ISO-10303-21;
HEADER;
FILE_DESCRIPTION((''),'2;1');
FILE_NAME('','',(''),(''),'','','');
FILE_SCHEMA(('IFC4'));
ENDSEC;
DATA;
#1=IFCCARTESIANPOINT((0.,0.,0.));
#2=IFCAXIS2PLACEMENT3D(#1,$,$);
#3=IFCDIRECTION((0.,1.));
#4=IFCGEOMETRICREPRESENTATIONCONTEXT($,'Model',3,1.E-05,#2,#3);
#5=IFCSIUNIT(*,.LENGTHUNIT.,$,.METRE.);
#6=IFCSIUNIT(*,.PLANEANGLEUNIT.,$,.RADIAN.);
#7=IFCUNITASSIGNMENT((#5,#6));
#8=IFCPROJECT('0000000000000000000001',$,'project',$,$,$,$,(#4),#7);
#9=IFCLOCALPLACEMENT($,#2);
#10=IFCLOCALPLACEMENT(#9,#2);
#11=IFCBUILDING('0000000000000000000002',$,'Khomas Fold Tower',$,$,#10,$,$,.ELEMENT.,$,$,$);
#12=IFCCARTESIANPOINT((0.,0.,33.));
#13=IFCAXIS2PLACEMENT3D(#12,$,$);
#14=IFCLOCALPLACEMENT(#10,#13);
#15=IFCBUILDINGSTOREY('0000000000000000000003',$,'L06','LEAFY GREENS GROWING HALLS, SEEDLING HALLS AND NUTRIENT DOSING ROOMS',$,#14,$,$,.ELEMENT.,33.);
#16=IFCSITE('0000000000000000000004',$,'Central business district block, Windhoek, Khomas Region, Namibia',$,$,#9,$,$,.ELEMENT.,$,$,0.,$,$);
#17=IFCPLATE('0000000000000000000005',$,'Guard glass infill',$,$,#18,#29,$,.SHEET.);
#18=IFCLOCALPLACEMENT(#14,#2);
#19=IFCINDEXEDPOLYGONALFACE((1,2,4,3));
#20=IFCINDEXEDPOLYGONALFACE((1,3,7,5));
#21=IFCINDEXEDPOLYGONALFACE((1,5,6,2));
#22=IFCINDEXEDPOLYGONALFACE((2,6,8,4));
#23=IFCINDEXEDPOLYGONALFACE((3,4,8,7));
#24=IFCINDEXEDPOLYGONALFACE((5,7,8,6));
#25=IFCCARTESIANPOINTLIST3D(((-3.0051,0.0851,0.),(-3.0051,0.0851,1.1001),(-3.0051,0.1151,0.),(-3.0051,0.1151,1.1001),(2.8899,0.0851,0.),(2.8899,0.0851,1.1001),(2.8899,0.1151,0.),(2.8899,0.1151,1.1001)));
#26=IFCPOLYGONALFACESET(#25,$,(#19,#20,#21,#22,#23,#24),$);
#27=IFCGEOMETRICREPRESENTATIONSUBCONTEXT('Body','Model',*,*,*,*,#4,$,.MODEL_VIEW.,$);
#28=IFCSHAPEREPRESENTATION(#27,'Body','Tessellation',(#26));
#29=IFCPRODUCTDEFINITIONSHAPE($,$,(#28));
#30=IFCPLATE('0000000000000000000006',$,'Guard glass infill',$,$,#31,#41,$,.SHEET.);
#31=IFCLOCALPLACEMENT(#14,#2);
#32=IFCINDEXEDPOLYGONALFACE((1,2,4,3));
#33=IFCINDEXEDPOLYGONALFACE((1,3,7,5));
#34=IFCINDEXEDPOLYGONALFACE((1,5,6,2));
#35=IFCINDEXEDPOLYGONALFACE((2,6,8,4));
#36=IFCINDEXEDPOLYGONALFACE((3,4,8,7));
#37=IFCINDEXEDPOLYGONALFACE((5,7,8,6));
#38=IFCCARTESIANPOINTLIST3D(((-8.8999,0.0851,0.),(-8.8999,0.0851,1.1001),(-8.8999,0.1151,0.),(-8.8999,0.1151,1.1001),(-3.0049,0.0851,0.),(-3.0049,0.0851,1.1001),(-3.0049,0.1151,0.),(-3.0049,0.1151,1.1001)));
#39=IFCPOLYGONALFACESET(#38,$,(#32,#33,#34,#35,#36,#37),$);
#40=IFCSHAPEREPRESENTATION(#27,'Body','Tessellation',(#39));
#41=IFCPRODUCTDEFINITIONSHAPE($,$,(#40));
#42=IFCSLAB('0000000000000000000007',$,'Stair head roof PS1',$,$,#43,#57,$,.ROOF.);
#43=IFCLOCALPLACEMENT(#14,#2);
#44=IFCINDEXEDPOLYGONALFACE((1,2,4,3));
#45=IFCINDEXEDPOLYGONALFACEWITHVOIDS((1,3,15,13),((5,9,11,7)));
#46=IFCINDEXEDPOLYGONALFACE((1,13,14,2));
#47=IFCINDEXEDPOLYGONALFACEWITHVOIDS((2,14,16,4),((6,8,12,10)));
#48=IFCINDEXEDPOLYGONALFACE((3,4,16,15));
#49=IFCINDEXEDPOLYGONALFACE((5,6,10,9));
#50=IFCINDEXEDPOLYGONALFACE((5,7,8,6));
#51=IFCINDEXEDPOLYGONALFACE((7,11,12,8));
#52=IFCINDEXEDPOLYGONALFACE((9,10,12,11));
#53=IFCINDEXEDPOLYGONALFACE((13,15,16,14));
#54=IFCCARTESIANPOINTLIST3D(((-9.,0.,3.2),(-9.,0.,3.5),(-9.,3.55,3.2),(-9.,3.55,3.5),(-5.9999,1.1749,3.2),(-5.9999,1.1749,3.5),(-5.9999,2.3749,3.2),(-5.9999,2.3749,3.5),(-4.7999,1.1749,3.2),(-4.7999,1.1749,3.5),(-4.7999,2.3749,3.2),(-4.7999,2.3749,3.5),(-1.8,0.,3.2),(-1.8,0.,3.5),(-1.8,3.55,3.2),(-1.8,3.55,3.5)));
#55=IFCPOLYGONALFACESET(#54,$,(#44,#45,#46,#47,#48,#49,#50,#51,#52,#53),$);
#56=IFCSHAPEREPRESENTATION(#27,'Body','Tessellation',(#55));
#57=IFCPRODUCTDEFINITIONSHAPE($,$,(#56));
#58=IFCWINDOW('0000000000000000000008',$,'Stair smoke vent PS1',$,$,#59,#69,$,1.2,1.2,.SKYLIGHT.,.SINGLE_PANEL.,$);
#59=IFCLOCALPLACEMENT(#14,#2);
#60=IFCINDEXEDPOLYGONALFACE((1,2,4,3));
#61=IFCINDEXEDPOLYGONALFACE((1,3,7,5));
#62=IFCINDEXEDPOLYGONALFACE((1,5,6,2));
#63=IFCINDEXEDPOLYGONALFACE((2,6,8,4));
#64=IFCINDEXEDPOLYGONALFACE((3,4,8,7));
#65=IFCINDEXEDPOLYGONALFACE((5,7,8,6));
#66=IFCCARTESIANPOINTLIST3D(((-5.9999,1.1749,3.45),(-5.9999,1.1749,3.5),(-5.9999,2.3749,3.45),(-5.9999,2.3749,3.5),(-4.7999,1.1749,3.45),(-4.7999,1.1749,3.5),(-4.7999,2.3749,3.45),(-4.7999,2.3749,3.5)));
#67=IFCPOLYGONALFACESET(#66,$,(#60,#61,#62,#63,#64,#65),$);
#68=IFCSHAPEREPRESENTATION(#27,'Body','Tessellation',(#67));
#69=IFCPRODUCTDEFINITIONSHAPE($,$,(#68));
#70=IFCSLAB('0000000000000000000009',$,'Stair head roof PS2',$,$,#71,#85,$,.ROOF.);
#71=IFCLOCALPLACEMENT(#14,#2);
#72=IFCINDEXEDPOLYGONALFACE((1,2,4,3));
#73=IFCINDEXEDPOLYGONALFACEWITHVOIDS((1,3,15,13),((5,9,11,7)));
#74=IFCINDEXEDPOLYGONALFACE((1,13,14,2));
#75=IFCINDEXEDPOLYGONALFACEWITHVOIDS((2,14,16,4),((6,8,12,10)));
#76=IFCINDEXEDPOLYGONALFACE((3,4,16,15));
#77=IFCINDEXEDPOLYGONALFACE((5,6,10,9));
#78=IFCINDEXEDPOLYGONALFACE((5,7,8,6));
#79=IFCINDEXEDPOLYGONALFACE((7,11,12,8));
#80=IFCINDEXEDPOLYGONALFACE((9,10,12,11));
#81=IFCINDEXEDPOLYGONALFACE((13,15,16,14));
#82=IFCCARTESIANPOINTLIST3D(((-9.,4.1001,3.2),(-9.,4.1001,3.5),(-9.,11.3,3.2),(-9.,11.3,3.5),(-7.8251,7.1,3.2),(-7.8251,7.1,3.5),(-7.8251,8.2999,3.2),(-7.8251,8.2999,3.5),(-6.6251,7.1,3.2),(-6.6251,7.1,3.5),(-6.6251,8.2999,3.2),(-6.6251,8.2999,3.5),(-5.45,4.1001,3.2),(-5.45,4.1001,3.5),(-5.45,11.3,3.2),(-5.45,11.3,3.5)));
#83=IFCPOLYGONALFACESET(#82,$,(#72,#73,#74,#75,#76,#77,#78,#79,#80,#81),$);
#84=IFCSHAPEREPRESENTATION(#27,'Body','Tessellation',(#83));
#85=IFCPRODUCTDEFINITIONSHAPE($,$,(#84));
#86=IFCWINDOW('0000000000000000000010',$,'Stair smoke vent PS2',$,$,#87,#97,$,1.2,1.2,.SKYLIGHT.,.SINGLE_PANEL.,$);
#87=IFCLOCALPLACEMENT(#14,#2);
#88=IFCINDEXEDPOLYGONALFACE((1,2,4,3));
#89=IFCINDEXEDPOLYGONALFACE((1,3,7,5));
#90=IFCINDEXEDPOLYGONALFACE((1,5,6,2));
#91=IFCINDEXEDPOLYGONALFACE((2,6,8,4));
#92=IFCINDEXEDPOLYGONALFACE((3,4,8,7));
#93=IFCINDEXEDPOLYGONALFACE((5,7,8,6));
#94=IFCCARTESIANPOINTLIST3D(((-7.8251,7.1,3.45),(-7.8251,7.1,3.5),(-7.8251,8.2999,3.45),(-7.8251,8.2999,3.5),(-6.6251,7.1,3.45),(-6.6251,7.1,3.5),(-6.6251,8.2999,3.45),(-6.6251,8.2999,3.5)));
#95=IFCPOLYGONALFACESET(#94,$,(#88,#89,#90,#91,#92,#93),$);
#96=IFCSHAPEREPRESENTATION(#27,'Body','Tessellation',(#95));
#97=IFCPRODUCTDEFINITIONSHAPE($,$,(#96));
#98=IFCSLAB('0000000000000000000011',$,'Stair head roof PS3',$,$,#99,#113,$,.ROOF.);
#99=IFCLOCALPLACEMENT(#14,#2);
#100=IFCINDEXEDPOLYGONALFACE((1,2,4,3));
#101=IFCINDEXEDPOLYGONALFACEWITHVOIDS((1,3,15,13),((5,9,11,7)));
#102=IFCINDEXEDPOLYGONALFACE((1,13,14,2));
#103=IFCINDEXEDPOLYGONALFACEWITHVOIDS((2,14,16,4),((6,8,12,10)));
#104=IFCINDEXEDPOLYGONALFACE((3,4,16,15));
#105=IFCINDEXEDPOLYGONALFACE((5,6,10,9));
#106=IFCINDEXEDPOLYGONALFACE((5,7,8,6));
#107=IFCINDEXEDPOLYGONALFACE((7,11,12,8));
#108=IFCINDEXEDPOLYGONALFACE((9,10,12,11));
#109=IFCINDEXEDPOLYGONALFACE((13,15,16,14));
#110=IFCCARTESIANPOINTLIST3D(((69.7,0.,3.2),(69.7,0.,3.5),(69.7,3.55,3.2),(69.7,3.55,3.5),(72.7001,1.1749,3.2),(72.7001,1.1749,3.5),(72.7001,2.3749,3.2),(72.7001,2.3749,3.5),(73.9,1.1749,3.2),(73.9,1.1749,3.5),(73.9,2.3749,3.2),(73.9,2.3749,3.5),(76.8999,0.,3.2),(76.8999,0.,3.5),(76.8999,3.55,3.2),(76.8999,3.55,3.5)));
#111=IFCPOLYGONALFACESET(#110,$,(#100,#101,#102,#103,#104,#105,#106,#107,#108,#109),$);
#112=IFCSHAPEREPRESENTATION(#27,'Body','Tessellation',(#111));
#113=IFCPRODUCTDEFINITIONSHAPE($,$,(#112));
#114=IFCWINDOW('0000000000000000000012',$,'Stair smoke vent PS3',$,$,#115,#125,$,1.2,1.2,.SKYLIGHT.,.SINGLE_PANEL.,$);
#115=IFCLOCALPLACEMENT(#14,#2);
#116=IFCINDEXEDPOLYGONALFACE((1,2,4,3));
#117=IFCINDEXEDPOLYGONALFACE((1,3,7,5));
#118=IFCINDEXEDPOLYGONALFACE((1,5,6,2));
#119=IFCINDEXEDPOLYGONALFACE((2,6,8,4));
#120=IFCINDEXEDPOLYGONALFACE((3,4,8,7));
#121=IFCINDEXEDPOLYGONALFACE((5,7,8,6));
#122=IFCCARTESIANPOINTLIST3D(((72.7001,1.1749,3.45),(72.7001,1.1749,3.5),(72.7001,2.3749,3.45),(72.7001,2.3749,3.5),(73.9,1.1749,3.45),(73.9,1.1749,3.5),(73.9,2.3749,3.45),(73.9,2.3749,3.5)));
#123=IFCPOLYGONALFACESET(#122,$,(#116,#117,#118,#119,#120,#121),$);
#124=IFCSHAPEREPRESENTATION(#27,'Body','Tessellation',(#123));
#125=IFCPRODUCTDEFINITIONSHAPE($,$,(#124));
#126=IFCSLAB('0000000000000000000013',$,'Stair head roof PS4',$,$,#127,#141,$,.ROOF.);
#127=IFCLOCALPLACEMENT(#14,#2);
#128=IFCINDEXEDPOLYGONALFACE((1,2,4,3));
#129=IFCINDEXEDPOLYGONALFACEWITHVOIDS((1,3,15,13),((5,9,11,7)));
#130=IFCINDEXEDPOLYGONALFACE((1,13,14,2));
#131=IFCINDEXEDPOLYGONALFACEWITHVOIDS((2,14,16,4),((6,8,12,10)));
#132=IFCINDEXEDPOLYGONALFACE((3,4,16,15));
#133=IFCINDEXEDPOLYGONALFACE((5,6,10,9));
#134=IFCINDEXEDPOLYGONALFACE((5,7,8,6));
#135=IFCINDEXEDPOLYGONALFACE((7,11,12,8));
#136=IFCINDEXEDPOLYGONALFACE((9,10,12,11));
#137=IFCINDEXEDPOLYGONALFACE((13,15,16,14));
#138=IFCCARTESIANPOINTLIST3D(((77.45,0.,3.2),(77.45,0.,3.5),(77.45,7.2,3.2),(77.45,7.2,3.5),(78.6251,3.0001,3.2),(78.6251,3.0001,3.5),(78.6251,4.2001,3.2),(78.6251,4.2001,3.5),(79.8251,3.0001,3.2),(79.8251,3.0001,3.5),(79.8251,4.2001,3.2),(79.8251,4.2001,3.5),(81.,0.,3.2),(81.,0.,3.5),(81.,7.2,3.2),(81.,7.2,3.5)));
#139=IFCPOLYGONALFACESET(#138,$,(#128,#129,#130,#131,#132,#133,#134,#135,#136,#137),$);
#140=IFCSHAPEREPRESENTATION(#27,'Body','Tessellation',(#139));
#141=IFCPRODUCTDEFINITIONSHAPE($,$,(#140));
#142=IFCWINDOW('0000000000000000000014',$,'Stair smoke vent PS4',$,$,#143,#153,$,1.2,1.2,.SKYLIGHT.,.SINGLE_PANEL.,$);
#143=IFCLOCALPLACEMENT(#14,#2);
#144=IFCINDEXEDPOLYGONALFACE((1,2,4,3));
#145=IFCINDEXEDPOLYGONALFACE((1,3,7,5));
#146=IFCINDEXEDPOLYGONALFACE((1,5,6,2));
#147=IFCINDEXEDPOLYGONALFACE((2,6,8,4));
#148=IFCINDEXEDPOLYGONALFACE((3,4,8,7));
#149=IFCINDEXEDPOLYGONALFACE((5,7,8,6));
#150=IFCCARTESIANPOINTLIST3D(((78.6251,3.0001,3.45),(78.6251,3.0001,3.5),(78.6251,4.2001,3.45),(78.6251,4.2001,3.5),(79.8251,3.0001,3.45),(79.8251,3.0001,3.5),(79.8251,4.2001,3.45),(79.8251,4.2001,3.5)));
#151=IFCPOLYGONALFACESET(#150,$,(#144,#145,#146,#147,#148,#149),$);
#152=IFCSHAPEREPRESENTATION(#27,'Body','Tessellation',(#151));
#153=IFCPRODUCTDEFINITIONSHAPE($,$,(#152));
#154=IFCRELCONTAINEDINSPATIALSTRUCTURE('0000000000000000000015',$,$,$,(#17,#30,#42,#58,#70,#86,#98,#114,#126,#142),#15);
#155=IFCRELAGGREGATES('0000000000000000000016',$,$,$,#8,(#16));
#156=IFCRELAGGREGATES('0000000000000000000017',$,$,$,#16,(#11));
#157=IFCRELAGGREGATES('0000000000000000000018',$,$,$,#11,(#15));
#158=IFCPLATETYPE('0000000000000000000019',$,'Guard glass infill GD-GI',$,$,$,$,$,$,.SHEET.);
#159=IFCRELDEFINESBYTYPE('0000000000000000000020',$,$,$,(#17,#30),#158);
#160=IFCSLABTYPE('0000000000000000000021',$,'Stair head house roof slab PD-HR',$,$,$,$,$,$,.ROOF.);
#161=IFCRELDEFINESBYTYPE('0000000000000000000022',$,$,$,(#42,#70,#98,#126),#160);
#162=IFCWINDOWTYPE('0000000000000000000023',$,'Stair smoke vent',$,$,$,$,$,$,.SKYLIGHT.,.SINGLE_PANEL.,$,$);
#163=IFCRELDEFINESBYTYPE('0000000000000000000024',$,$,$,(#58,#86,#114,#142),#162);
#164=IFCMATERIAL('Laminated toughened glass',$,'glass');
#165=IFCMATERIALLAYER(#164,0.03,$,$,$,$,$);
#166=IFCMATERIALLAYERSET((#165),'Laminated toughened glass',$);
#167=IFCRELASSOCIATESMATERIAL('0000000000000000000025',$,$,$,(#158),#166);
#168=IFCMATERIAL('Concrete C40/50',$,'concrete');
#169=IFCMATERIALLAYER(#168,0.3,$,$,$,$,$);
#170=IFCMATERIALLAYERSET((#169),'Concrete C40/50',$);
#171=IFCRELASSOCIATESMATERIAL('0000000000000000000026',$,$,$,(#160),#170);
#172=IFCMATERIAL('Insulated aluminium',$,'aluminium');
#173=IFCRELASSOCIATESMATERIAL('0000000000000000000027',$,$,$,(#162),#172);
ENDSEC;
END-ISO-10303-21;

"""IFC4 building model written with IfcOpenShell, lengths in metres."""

from ifc_helpers import new_model, si_unit, direction, frame, origin, origin_2d, place, context, subcontext, project, spatial, polyline, rectangle, outline, extrude, source, transform, mapped, material, layer, layer_set, type_object, element, fill, save


model = new_model("IFC4")

# Units and contexts
model_context = context("Model", 3, precision=1e-05, world=origin(), true_north=direction((0.0, 1.0)))
body_context = subcontext(model_context, "Body", "Model", "MODEL_VIEW")
ifc_project = project(units=[si_unit("LENGTHUNIT", "METRE"), si_unit("PLANEANGLEUNIT", "RADIAN")], contexts=[model_context])

# Site, building, storey
site_placement = place(None, origin())
site = spatial("IfcSite", under=ifc_project, at=site_placement, Name="Central business district block, Windhoek, Khomas Region, Namibia", CompositionType="ELEMENT", RefElevation=0.0)
building_placement = place(site_placement, origin())
building = spatial("IfcBuilding", under=site, at=building_placement, Name="Khomas Fold Tower", CompositionType="ELEMENT")
storey_placement = place(building_placement, frame((0.0, 0.0, 33.0)))
storey = spatial("IfcBuildingStorey", under=building, at=storey_placement, Name="L06", Description="LEAFY GREENS GROWING HALLS, SEEDLING HALLS AND NUTRIENT DOSING ROOMS", CompositionType="ELEMENT", Elevation=33.0)

# Plates
ifc_material_1 = material(Name="Laminated toughened glass", Category="glass")
ifc_layer_1 = layer(ifc_material_1, 0.03)
ifc_layer_set_1 = layer_set([ifc_layer_1], Name="Laminated toughened glass")
plate_type = type_object("IfcPlateType", Name="Guard glass infill GD-GI", PredefinedType="SHEET", material=ifc_layer_set_1)
shared_shape_1 = source(origin(), body_context, "Body", "SweptSolid", [
    extrude(rectangle(XDim=5.895, YDim=0.03, at=origin_2d()), origin(), (0.0, 0.0, 1.0), 1.1001),
])
for number, where, z_axis, x_axis, name in (
    (1, (-0.0576, 0.1001, 0.0), (0.0, 0.0, 1.0), (-1.0, 0.0, 0.0), "Guard glass infill"),
    (2, (-5.9524, 0.1001, 0.0), (0.0, 0.0, 1.0), (-1.0, 0.0, 0.0), "Guard glass infill"),
):
    element("IfcPlate", number, at=place(storey_placement, frame(where, z_axis=z_axis, x_axis=x_axis)), inside=storey, type_object=plate_type, Name=name, PredefinedType="SHEET", context=body_context, shape_type="MappedRepresentation", body=[
        mapped(shared_shape_1, transform((0.0, 0.0, 0.0))),
    ])

# Slabs, openings, windows
ifc_material_2 = material(Name="Concrete C40/50", Category="concrete")
ifc_layer_2 = layer(ifc_material_2, 0.3)
ifc_layer_set_2 = layer_set([ifc_layer_2], Name="Concrete C40/50")
slab_type_1 = type_object("IfcSlabType", Name="Stair head house roof slab PD-HR", PredefinedType="ROOF", material=ifc_layer_set_2)
shared_shape_2 = source(origin(), body_context, "Body", "SweptSolid", [
    extrude(outline(polyline([(-9.0, 0.0), (-1.8, 0.0), (-1.8, 3.55), (-9.0, 3.55), (-9.0, 0.0)])), origin(), (0.0, 0.0, 1.0), 0.3),
])
slab_1_placement = place(storey_placement, frame((0.0, 0.0, 3.2)))
slab_1 = element("IfcSlab", 3, at=slab_1_placement, inside=storey, type_object=slab_type_1, Name="Stair head roof PS1", PredefinedType="ROOF", context=body_context, shape_type="MappedRepresentation", body=[
    mapped(shared_shape_2, transform((0.0, 0.0, 0.0))),
])
opening_1_placement = place(slab_1_placement, frame((-5.3999, 1.7749, 0.0)))
opening_1 = element("IfcOpeningElement", 4, at=opening_1_placement, cuts=slab_1, PredefinedType="OPENING", context=body_context, shape_type="SweptSolid", body=[
    extrude(rectangle(XDim=1.2, YDim=1.2, at=origin_2d()), origin(), (0.0, 0.0, 1.0), 0.3),
])
ifc_material_3 = material(Name="Insulated aluminium", Category="aluminium")
window_type = type_object("IfcWindowType", Name="Stair smoke vent", PartitioningType="SINGLE_PANEL", PredefinedType="SKYLIGHT", material=ifc_material_3)
window_1_placement = place(opening_1_placement, frame((0.0, 0.0, 0.25)))
window_1 = element("IfcWindow", 5, at=window_1_placement, inside=storey, type_object=window_type, Name="Stair smoke vent PS1", OverallHeight=1.2, OverallWidth=1.2, PartitioningType="SINGLE_PANEL", PredefinedType="SKYLIGHT", context=body_context, shape_type="SweptSolid", body=[
    extrude(rectangle(XDim=1.2, YDim=1.2, at=origin_2d()), origin(), (0.0, 0.0, 1.0), 0.05),
])
fill(opening_1, window_1)
shared_shape_3 = source(origin(), body_context, "Body", "SweptSolid", [
    extrude(outline(polyline([(-9.0, 4.1001), (-5.45, 4.1001), (-5.45, 11.3), (-9.0, 11.3), (-9.0, 4.1001)])), origin(), (0.0, 0.0, 1.0), 0.3),
])
slab_2_placement = place(storey_placement, frame((0.0, 0.0, 3.2)))
slab_2 = element("IfcSlab", 6, at=slab_2_placement, inside=storey, type_object=slab_type_1, Name="Stair head roof PS2", PredefinedType="ROOF", context=body_context, shape_type="MappedRepresentation", body=[
    mapped(shared_shape_3, transform((0.0, 0.0, 0.0))),
])
opening_2_placement = place(slab_2_placement, frame((-7.2251, 7.7, 0.0)))
opening_2 = element("IfcOpeningElement", 7, at=opening_2_placement, cuts=slab_2, PredefinedType="OPENING", context=body_context, shape_type="SweptSolid", body=[
    extrude(rectangle(XDim=1.2, YDim=1.2, at=origin_2d()), origin(), (0.0, 0.0, 1.0), 0.3),
])
window_2_placement = place(opening_2_placement, frame((0.0, 0.0, 0.25)))
window_2 = element("IfcWindow", 8, at=window_2_placement, inside=storey, type_object=window_type, Name="Stair smoke vent PS2", OverallHeight=1.2, OverallWidth=1.2, PartitioningType="SINGLE_PANEL", PredefinedType="SKYLIGHT", context=body_context, shape_type="SweptSolid", body=[
    extrude(rectangle(XDim=1.2, YDim=1.2, at=origin_2d()), origin(), (0.0, 0.0, 1.0), 0.05),
])
fill(opening_2, window_2)
shared_shape_4 = source(origin(), body_context, "Body", "SweptSolid", [
    extrude(outline(polyline([(69.7, 0.0), (76.8999, 0.0), (76.8999, 3.55), (69.7, 3.55), (69.7, 0.0)])), origin(), (0.0, 0.0, 1.0), 0.3),
])
slab_3_placement = place(storey_placement, frame((0.0, 0.0, 3.2)))
slab_3 = element("IfcSlab", 9, at=slab_3_placement, inside=storey, type_object=slab_type_1, Name="Stair head roof PS3", PredefinedType="ROOF", context=body_context, shape_type="MappedRepresentation", body=[
    mapped(shared_shape_4, transform((0.0, 0.0, 0.0))),
])
opening_3_placement = place(slab_3_placement, frame((73.3, 1.7749, 0.0)))
opening_3 = element("IfcOpeningElement", 10, at=opening_3_placement, cuts=slab_3, PredefinedType="OPENING", context=body_context, shape_type="SweptSolid", body=[
    extrude(rectangle(XDim=1.2, YDim=1.2, at=origin_2d()), origin(), (0.0, 0.0, 1.0), 0.3),
])
window_3_placement = place(opening_3_placement, frame((0.0, 0.0, 0.25)))
window_3 = element("IfcWindow", 11, at=window_3_placement, inside=storey, type_object=window_type, Name="Stair smoke vent PS3", OverallHeight=1.2, OverallWidth=1.2, PartitioningType="SINGLE_PANEL", PredefinedType="SKYLIGHT", context=body_context, shape_type="SweptSolid", body=[
    extrude(rectangle(XDim=1.2, YDim=1.2, at=origin_2d()), origin(), (0.0, 0.0, 1.0), 0.05),
])
fill(opening_3, window_3)
shared_shape_5 = source(origin(), body_context, "Body", "SweptSolid", [
    extrude(outline(polyline([(77.45, 0.0), (81.0, 0.0), (81.0, 7.2), (77.45, 7.2), (77.45, 0.0)])), origin(), (0.0, 0.0, 1.0), 0.3),
])
slab_4_placement = place(storey_placement, frame((0.0, 0.0, 3.2)))
slab_4 = element("IfcSlab", 12, at=slab_4_placement, inside=storey, type_object=slab_type_1, Name="Stair head roof PS4", PredefinedType="ROOF", context=body_context, shape_type="MappedRepresentation", body=[
    mapped(shared_shape_5, transform((0.0, 0.0, 0.0))),
])
opening_4_placement = place(slab_4_placement, frame((79.2251, 3.6001, 0.0)))
opening_4 = element("IfcOpeningElement", 13, at=opening_4_placement, cuts=slab_4, PredefinedType="OPENING", context=body_context, shape_type="SweptSolid", body=[
    extrude(rectangle(XDim=1.2, YDim=1.2, at=origin_2d()), origin(), (0.0, 0.0, 1.0), 0.3),
])
window_4_placement = place(opening_4_placement, frame((0.0, 0.0, 0.25)))
window_4 = element("IfcWindow", 14, at=window_4_placement, inside=storey, type_object=window_type, Name="Stair smoke vent PS4", OverallHeight=1.2, OverallWidth=1.2, PartitioningType="SINGLE_PANEL", PredefinedType="SKYLIGHT", context=body_context, shape_type="SweptSolid", body=[
    extrude(rectangle(XDim=1.2, YDim=1.2, at=origin_2d()), origin(), (0.0, 0.0, 1.0), 0.05),
])
fill(opening_4, window_4)

save(model, "model.ifc")
